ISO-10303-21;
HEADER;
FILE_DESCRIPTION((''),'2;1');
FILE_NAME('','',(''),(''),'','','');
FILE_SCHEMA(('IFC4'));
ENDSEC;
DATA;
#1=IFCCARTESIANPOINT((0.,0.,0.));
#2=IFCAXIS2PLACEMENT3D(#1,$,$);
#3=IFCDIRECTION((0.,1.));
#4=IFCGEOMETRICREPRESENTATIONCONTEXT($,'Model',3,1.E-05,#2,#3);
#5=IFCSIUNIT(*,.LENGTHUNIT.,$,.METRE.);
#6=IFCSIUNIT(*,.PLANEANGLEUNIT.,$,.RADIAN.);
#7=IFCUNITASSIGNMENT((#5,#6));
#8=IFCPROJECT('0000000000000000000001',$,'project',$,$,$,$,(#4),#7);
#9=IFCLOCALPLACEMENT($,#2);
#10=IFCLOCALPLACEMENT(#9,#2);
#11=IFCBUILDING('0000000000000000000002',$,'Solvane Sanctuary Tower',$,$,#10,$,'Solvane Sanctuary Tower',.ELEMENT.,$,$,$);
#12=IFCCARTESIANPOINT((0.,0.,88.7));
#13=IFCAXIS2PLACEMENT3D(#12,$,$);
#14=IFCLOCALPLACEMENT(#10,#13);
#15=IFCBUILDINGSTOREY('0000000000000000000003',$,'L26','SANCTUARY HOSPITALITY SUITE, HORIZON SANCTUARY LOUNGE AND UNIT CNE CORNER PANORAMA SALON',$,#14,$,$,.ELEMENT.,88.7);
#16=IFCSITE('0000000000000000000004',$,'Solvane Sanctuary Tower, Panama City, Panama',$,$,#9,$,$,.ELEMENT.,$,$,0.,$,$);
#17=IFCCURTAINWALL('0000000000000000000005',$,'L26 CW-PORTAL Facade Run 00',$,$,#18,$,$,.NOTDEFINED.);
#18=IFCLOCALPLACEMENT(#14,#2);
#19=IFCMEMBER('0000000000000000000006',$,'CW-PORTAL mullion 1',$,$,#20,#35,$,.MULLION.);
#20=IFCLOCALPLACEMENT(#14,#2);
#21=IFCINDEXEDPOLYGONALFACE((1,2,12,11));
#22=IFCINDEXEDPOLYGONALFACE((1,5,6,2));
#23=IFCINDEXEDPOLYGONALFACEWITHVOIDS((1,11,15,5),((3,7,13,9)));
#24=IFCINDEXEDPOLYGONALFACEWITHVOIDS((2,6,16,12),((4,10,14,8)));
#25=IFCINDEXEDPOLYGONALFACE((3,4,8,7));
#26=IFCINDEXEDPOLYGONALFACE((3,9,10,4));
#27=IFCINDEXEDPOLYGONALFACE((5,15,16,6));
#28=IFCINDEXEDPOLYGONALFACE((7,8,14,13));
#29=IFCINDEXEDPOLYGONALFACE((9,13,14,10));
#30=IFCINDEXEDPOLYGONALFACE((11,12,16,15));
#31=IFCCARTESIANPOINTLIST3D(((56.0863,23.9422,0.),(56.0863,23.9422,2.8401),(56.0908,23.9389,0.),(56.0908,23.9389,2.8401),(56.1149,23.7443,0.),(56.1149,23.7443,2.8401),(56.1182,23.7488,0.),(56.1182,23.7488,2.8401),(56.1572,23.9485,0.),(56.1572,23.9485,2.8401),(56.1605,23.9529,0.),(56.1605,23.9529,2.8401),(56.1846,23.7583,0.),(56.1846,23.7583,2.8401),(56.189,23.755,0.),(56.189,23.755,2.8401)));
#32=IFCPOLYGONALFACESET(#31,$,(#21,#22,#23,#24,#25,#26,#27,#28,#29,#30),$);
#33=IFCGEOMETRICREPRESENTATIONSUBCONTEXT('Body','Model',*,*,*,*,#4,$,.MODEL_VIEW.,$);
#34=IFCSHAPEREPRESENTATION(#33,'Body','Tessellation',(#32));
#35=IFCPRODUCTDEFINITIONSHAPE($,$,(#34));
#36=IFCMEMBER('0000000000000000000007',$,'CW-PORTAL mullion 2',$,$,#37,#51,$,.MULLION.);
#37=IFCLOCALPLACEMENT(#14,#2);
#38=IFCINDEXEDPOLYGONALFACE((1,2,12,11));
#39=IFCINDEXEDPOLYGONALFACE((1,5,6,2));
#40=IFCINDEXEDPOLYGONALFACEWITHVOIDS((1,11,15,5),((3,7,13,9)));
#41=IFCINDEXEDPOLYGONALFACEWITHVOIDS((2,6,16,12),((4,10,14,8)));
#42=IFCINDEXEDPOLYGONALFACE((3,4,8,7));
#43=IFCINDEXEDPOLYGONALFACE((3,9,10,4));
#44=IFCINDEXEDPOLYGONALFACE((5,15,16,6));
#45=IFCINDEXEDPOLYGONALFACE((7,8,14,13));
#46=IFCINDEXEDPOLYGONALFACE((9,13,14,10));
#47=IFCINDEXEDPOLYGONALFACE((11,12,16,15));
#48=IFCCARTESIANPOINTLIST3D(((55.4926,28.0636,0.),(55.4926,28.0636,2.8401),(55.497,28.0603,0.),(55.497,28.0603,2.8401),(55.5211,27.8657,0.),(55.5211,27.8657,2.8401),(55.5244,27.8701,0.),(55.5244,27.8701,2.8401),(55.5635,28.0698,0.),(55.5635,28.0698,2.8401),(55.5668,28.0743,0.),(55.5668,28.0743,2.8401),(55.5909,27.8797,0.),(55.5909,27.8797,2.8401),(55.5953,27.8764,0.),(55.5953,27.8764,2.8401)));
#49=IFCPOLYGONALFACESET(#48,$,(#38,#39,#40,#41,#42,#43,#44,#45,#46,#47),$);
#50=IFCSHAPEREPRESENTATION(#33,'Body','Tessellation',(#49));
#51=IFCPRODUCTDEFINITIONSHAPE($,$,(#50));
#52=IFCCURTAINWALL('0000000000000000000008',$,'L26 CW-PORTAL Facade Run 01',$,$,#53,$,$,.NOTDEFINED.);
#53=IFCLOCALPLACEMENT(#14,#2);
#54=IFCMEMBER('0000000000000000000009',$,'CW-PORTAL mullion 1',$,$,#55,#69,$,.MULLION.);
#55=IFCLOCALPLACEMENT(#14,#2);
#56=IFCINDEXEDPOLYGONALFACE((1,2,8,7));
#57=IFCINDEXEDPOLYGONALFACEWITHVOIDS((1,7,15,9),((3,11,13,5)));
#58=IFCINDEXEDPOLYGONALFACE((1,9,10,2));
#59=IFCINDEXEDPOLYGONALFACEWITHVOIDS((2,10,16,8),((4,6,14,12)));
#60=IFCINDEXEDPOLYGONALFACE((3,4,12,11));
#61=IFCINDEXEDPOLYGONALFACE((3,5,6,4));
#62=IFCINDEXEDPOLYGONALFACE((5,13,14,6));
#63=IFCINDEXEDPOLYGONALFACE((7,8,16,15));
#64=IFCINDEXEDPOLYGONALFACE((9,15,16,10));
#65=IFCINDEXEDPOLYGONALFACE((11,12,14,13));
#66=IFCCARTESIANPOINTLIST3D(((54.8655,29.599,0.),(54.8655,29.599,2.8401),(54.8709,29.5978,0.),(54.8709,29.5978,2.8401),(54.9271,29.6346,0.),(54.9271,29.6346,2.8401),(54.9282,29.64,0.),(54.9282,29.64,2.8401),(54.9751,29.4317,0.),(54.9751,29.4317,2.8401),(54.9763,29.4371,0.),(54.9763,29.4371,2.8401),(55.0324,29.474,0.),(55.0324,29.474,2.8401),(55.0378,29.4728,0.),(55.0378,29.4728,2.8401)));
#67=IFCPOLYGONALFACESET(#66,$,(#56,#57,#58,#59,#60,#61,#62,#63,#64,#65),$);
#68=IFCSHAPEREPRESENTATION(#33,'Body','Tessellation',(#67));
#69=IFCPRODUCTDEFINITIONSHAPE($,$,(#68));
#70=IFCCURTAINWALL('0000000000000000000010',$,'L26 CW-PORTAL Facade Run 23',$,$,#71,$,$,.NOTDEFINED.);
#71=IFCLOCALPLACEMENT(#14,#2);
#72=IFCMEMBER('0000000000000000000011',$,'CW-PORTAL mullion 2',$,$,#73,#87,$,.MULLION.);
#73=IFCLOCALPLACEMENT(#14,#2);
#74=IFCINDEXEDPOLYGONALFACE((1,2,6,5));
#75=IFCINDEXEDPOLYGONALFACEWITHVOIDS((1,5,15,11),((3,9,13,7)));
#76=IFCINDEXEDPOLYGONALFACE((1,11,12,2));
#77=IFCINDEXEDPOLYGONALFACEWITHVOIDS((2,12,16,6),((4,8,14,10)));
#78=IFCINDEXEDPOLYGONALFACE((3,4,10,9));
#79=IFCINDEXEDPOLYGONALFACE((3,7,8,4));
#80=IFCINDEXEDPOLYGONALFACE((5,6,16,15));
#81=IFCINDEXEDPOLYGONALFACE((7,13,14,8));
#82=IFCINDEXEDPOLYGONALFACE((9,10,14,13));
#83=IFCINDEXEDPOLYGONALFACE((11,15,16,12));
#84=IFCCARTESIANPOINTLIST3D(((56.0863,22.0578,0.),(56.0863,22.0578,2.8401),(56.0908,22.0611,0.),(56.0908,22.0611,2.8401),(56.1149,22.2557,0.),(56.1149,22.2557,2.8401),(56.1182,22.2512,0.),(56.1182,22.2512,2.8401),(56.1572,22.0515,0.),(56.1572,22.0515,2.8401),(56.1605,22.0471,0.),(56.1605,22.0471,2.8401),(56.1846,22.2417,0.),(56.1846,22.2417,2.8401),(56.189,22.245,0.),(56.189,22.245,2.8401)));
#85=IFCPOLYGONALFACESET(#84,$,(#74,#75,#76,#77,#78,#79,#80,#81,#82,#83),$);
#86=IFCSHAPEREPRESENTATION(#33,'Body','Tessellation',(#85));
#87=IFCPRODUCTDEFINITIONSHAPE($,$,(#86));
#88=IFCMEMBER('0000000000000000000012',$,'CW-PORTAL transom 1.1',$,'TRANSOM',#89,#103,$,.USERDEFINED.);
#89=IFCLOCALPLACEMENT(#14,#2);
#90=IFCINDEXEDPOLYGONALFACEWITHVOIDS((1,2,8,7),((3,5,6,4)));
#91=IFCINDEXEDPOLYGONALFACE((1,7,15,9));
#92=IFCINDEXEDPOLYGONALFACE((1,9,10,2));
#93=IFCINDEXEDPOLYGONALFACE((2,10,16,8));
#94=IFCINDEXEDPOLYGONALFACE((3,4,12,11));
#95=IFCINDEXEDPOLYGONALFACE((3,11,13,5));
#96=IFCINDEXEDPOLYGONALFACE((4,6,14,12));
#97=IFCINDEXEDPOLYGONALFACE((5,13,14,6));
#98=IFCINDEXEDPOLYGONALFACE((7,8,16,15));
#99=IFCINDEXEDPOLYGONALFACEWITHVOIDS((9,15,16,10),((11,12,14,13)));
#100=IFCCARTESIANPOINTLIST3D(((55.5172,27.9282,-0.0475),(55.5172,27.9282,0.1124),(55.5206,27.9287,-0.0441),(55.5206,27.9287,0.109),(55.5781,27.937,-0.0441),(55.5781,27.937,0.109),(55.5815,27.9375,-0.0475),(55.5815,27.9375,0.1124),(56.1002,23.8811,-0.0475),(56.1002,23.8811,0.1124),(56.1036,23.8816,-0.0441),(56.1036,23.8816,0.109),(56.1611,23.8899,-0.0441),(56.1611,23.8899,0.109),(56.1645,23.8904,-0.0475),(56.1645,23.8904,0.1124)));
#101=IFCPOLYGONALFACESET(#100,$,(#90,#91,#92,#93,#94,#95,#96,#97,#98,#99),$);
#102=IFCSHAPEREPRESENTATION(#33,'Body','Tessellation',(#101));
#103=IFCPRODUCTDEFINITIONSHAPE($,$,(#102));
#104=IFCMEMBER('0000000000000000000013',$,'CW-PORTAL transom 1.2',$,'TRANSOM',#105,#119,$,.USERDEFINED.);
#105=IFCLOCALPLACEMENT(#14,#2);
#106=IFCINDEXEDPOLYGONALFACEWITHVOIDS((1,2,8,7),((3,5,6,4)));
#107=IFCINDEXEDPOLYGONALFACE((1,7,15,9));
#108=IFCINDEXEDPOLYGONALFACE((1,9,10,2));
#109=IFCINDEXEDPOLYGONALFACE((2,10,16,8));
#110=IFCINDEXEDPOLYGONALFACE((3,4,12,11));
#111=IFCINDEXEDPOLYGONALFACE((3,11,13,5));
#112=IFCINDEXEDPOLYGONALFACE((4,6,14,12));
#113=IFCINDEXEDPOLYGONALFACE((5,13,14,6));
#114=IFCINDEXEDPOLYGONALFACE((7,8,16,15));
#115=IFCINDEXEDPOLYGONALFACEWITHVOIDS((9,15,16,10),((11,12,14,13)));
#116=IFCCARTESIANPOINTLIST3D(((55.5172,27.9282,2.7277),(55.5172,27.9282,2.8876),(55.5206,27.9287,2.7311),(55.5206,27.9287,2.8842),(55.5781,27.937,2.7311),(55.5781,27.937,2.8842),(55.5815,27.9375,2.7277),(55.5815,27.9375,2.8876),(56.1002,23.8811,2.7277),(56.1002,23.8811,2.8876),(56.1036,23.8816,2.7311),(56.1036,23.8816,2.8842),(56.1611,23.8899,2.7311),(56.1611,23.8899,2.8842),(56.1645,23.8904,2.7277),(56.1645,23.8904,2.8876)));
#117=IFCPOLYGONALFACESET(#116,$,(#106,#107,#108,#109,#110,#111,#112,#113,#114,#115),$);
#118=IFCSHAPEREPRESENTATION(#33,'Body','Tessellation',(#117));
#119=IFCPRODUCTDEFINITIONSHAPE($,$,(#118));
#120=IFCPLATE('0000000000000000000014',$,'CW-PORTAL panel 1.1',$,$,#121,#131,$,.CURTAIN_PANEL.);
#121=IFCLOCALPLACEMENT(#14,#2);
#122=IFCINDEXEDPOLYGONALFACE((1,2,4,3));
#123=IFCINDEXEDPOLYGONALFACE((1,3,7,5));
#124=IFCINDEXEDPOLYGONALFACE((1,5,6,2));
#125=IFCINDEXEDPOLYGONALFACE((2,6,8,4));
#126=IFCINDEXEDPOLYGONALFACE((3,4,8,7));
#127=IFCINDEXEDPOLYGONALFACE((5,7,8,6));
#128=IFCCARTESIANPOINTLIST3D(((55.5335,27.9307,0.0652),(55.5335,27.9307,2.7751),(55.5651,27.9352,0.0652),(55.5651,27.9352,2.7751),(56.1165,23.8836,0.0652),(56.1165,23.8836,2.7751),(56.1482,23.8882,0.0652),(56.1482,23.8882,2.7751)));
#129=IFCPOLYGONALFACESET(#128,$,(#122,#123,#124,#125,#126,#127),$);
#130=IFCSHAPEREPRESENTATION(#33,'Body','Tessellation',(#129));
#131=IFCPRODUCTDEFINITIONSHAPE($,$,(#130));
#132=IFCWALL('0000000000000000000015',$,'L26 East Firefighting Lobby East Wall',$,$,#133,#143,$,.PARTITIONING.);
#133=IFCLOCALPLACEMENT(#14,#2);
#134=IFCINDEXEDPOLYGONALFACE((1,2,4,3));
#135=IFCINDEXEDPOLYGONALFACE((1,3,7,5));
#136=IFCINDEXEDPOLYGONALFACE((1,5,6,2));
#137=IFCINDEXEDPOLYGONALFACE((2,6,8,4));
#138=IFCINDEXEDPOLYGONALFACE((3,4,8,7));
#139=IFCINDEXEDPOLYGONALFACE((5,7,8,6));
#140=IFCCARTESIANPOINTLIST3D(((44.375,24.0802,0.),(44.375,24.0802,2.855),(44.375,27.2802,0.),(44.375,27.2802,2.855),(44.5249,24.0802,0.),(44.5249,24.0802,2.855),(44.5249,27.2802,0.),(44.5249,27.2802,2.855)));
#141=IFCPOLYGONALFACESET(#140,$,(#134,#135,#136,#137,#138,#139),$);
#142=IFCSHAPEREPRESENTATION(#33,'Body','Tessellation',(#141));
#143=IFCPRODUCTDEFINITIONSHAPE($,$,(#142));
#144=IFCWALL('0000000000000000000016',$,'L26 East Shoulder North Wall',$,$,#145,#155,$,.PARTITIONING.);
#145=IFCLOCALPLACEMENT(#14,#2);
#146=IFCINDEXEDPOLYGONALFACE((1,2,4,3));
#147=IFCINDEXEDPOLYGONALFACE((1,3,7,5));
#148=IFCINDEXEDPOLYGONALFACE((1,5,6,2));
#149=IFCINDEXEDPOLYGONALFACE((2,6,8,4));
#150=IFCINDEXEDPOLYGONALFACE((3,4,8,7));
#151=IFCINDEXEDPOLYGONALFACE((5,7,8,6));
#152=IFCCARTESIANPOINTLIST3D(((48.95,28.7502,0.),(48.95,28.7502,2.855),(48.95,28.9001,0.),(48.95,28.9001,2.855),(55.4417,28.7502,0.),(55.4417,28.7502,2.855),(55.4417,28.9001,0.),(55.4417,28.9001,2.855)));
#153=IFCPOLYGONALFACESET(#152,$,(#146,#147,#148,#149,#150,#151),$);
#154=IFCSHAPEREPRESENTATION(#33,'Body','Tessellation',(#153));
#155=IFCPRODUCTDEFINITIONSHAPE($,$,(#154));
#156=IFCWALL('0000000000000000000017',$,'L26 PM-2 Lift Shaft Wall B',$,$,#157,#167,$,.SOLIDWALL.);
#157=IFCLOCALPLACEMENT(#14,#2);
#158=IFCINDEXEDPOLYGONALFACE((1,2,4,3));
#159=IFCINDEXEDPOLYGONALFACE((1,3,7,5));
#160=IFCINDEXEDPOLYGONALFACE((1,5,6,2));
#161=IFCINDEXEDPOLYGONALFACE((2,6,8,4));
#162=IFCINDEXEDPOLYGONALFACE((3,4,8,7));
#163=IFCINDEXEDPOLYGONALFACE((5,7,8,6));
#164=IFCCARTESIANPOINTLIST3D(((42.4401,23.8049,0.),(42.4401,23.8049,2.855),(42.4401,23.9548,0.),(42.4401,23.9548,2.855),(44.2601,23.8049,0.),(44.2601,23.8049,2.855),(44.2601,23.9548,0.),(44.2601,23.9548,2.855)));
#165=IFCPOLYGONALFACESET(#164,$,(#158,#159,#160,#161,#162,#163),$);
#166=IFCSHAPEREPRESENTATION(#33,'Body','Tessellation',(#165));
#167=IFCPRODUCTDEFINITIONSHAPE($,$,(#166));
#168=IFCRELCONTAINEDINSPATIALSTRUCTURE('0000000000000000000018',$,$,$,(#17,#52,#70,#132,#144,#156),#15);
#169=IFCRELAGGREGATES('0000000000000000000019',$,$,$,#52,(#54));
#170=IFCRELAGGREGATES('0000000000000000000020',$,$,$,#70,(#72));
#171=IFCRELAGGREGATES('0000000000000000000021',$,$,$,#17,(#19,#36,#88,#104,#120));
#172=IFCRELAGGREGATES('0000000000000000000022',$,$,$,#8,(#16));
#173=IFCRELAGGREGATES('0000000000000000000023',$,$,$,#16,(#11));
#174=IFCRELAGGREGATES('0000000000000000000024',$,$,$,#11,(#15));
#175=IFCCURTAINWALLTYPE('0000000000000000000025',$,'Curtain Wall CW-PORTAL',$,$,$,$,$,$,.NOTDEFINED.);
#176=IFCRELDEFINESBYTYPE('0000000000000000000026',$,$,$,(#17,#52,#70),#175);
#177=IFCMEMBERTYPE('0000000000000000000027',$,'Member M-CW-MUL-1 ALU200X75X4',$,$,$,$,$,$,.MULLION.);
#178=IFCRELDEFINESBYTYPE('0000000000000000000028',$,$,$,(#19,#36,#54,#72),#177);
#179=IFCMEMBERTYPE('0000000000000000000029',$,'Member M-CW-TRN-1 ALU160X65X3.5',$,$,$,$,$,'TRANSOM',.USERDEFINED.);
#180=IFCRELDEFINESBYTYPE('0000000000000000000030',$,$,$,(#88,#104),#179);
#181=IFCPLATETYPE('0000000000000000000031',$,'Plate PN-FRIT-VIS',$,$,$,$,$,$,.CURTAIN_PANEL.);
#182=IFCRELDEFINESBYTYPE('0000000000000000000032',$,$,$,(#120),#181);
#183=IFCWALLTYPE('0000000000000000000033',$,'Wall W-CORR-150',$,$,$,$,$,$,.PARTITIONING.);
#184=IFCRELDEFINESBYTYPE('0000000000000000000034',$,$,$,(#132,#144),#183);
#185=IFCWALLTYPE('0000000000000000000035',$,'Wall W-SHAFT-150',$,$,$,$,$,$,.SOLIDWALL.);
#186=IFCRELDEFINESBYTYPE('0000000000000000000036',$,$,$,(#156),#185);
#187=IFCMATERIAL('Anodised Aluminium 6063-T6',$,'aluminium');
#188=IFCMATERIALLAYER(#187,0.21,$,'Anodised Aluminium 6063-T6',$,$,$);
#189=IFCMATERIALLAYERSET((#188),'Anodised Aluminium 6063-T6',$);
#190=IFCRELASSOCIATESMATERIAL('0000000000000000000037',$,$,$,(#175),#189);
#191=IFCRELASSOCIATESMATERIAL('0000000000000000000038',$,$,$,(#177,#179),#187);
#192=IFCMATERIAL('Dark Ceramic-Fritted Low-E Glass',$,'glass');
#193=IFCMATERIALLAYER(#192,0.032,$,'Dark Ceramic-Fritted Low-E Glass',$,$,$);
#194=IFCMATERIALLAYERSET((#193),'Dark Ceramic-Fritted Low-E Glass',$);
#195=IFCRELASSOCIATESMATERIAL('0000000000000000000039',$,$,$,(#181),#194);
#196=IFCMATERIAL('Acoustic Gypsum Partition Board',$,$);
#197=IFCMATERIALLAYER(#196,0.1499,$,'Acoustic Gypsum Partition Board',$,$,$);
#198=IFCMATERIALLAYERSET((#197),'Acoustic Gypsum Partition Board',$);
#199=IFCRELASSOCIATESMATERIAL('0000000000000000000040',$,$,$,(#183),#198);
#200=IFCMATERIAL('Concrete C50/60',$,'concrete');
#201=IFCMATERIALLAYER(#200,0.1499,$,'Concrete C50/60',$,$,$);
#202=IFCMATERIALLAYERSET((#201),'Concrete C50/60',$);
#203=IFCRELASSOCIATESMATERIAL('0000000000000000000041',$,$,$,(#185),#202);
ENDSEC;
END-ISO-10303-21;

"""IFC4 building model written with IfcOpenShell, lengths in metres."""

from ifc_helpers import new_model, si_unit, direction, frame, frame_2d, origin, origin_2d, place, context, subcontext, project, spatial, rectangle, hollow_rectangle, extrude, material, layer, layer_set, material_profile, profile_set, type_object, element, aggregate, save


model = new_model("IFC4")

# Units and contexts
model_context = context("Model", 3, precision=1e-05, world=origin(), true_north=direction((0.0, 1.0)))
body_context = subcontext(model_context, "Body", "Model", "MODEL_VIEW")
ifc_project = project(units=[si_unit("LENGTHUNIT", "METRE"), si_unit("PLANEANGLEUNIT", "RADIAN")], contexts=[model_context])

# Site, building, storey
site_placement = place(None, origin())
site = spatial("IfcSite", under=ifc_project, at=site_placement, Name="Solvane Sanctuary Tower, Panama City, Panama", CompositionType="ELEMENT", RefElevation=0.0)
building_placement = place(site_placement, origin())
building = spatial("IfcBuilding", under=site, at=building_placement, Name="Solvane Sanctuary Tower", LongName="Solvane Sanctuary Tower", CompositionType="ELEMENT")
storey_placement = place(building_placement, frame((0.0, 0.0, 88.7)))
storey = spatial("IfcBuildingStorey", under=building, at=storey_placement, Name="L26", Description="SANCTUARY HOSPITALITY SUITE, HORIZON SANCTUARY LOUNGE AND UNIT CNE CORNER PANORAMA SALON", CompositionType="ELEMENT", Elevation=88.7)

# Curtain wall, members
ifc_material_1 = material(Name="Anodised Aluminium 6063-T6", Category="aluminium")
ifc_layer_1 = layer(ifc_material_1, 0.21, Name="Anodised Aluminium 6063-T6")
ifc_layer_set_1 = layer_set([ifc_layer_1], Name="Anodised Aluminium 6063-T6")
curtain_wall_type = type_object("IfcCurtainWallType", Name="Curtain Wall CW-PORTAL", PredefinedType="NOTDEFINED", material=ifc_layer_set_1)
curtain_wall_1_placement = place(storey_placement, origin())
curtain_wall_1 = element("IfcCurtainWall", 1, at=curtain_wall_1_placement, inside=storey, type_object=curtain_wall_type, Name="L26 CW-PORTAL Facade Run 00", PredefinedType="NOTDEFINED")
ifc_material_profile_1 = material_profile(ifc_material_1, hollow_rectangle(XDim=0.075, YDim=0.2, WallThickness=0.0039, at=origin_2d()), Name="ALU200X75X4")
ifc_profile_set_1 = profile_set([ifc_material_profile_1], Name="Anodised Aluminium 6063-T6")
member_type_1 = type_object("IfcMemberType", Name="Member M-CW-MUL-1 ALU200X75X4", PredefinedType="MULLION", material=ifc_profile_set_1)
member_1_placement = place(storey_placement, frame((56.1377, 23.8486, 0.0), z_axis=(0.0, 0.0, 1.0), x_axis=(-0.989782, -0.142587, 0.0)))
member_1 = element("IfcMember", 2, at=member_1_placement, type_object=member_type_1, Name="CW-PORTAL mullion 1", PredefinedType="MULLION", context=body_context, shape_type="SweptSolid", body=[
    extrude(hollow_rectangle(XDim=0.075, YDim=0.2, WallThickness=0.0039, at=origin_2d()), origin(), (0.0, 0.0, 1.0), 2.8401),
])
member_2_placement = place(storey_placement, frame((55.5439, 27.97, 0.0), z_axis=(0.0, 0.0, 1.0), x_axis=(-0.989782, -0.142587, 0.0)))
member_2 = element("IfcMember", 3, at=member_2_placement, type_object=member_type_1, Name="CW-PORTAL mullion 2", PredefinedType="MULLION", context=body_context, shape_type="SweptSolid", body=[
    extrude(hollow_rectangle(XDim=0.075, YDim=0.2, WallThickness=0.0039, at=origin_2d()), origin(), (0.0, 0.0, 1.0), 2.8401),
])

# Curtain walls, members
curtain_wall_2_placement = place(storey_placement, origin())
curtain_wall_2 = element("IfcCurtainWall", 4, at=curtain_wall_2_placement, inside=storey, type_object=curtain_wall_type, Name="L26 CW-PORTAL Facade Run 01", PredefinedType="NOTDEFINED")
member_3_placement = place(storey_placement, frame((54.9517, 29.5359, 0.0), z_axis=(0.0, 0.0, 1.0), x_axis=(-0.836298, -0.548276, 0.0)))
member_3 = element("IfcMember", 5, at=member_3_placement, type_object=member_type_1, Name="CW-PORTAL mullion 1", PredefinedType="MULLION", context=body_context, shape_type="SweptSolid", body=[
    extrude(hollow_rectangle(XDim=0.075, YDim=0.2, WallThickness=0.0039, at=origin_2d()), origin(), (0.0, 0.0, 1.0), 2.8401),
])
aggregate(curtain_wall_2, [member_3])
curtain_wall_3_placement = place(storey_placement, origin())
curtain_wall_3 = element("IfcCurtainWall", 6, at=curtain_wall_3_placement, inside=storey, type_object=curtain_wall_type, Name="L26 CW-PORTAL Facade Run 23", PredefinedType="NOTDEFINED")
member_4_placement = place(storey_placement, frame((56.1377, 22.1514, 0.0), z_axis=(0.0, 0.0, 1.0), x_axis=(-0.989782, 0.142587, 0.0)))
member_4 = element("IfcMember", 7, at=member_4_placement, type_object=member_type_1, Name="CW-PORTAL mullion 2", PredefinedType="MULLION", context=body_context, shape_type="SweptSolid", body=[
    extrude(hollow_rectangle(XDim=0.075, YDim=0.2, WallThickness=0.0039, at=origin_2d()), origin(), (0.0, 0.0, 1.0), 2.8401),
])
aggregate(curtain_wall_3, [member_4])

# Members
ifc_material_profile_2 = material_profile(ifc_material_1, hollow_rectangle(XDim=0.0649, YDim=0.1599, WallThickness=0.0034, at=origin_2d()), Name="ALU160X65X3.5")
ifc_profile_set_2 = profile_set([ifc_material_profile_2], Name="Anodised Aluminium 6063-T6")
member_type_2 = type_object("IfcMemberType", Name="Member M-CW-TRN-1 ALU160X65X3.5", ElementType="TRANSOM", PredefinedType="USERDEFINED", material=ifc_profile_set_2)
member_5_placement = place(storey_placement, frame((56.1323, 23.8857, 0.0325), z_axis=(-0.142583, 0.989783, 0.0), x_axis=(-0.989783, -0.142583, 0.0)))
member_5 = element("IfcMember", 8, at=member_5_placement, type_object=member_type_2, Name="CW-PORTAL transom 1.1", ObjectType="TRANSOM", PredefinedType="USERDEFINED", context=body_context, shape_type="SweptSolid", body=[
    extrude(hollow_rectangle(XDim=0.0649, YDim=0.1599, WallThickness=0.0034, at=origin_2d()), origin(), (0.0, 0.0, 1.0), 4.0889),
])
member_6_placement = place(storey_placement, frame((56.1323, 23.8857, 2.8076), z_axis=(-0.142583, 0.989783, 0.0), x_axis=(-0.989783, -0.142583, 0.0)))
member_6 = element("IfcMember", 9, at=member_6_placement, type_object=member_type_2, Name="CW-PORTAL transom 1.2", ObjectType="TRANSOM", PredefinedType="USERDEFINED", context=body_context, shape_type="SweptSolid", body=[
    extrude(hollow_rectangle(XDim=0.0649, YDim=0.1599, WallThickness=0.0034, at=origin_2d()), origin(), (0.0, 0.0, 1.0), 4.0889),
])

# Plate
ifc_material_2 = material(Name="Dark Ceramic-Fritted Low-E Glass", Category="glass")
ifc_layer_2 = layer(ifc_material_2, 0.032, Name="Dark Ceramic-Fritted Low-E Glass")
ifc_layer_set_2 = layer_set([ifc_layer_2], Name="Dark Ceramic-Fritted Low-E Glass")
plate_type = type_object("IfcPlateType", Name="Plate PN-FRIT-VIS", PredefinedType="CURTAIN_PANEL", material=ifc_layer_set_2)
plate_placement = place(storey_placement, frame((55.8408, 25.9094, 0.0652), z_axis=(0.0, 0.0, 1.0), x_axis=(-0.142587, 0.989782, 0.0)))
plate = element("IfcPlate", 10, at=plate_placement, type_object=plate_type, Name="CW-PORTAL panel 1.1", PredefinedType="CURTAIN_PANEL", context=body_context, shape_type="SweptSolid", body=[
    extrude(rectangle(XDim=4.0889, YDim=0.032, at=origin_2d()), origin(), (0.0, 0.0, 1.0), 2.71),
])
aggregate(curtain_wall_1, [member_1, member_2, member_5, member_6, plate])

# Walls
ifc_material_3 = material(Name="Acoustic Gypsum Partition Board")
ifc_layer_3 = layer(ifc_material_3, 0.1499, Name="Acoustic Gypsum Partition Board")
ifc_layer_set_3 = layer_set([ifc_layer_3], Name="Acoustic Gypsum Partition Board")
wall_type_1 = type_object("IfcWallType", Name="Wall W-CORR-150", PredefinedType="PARTITIONING", material=ifc_layer_set_3)
wall_1_placement = place(storey_placement, frame((44.45, 24.0801, 0.0), z_axis=(0.0, 0.0, 1.0), x_axis=(0.0, 1.0, 0.0)))
element("IfcWall", 11, at=wall_1_placement, inside=storey, type_object=wall_type_1, Name="L26 East Firefighting Lobby East Wall", PredefinedType="PARTITIONING", context=body_context, shape_type="SweptSolid", body=[
    extrude(rectangle(XDim=3.2, YDim=0.1499, at=frame_2d((1.6001, 0.0))), origin(), (0.0, 0.0, 1.0), 2.855),
])
wall_2_placement = place(storey_placement, frame((48.95, 28.8252, 0.0), z_axis=(0.0, 0.0, 1.0), x_axis=(1.0, 0.0, 0.0)))
element("IfcWall", 12, at=wall_2_placement, inside=storey, type_object=wall_type_1, Name="L26 East Shoulder North Wall", PredefinedType="PARTITIONING", context=body_context, shape_type="SweptSolid", body=[
    extrude(rectangle(XDim=6.4917, YDim=0.1499, at=frame_2d((3.2458, 0.0))), origin(), (0.0, 0.0, 1.0), 2.855),
])
ifc_material_4 = material(Name="Concrete C50/60", Category="concrete")
ifc_layer_4 = layer(ifc_material_4, 0.1499, Name="Concrete C50/60")
ifc_layer_set_4 = layer_set([ifc_layer_4], Name="Concrete C50/60")
wall_type_2 = type_object("IfcWallType", Name="Wall W-SHAFT-150", PredefinedType="SOLIDWALL", material=ifc_layer_set_4)
wall_3_placement = place(storey_placement, frame((42.4399, 23.8799, 0.0), z_axis=(0.0, 0.0, 1.0), x_axis=(1.0, 0.0, 0.0)))
element("IfcWall", 13, at=wall_3_placement, inside=storey, type_object=wall_type_2, Name="L26 PM-2 Lift Shaft Wall B", PredefinedType="SOLIDWALL", context=body_context, shape_type="SweptSolid", body=[
    extrude(rectangle(XDim=1.8201, YDim=0.1499, at=frame_2d((0.9102, 0.0))), origin(), (0.0, 0.0, 1.0), 2.855),
])

save(model, "model.ifc")
